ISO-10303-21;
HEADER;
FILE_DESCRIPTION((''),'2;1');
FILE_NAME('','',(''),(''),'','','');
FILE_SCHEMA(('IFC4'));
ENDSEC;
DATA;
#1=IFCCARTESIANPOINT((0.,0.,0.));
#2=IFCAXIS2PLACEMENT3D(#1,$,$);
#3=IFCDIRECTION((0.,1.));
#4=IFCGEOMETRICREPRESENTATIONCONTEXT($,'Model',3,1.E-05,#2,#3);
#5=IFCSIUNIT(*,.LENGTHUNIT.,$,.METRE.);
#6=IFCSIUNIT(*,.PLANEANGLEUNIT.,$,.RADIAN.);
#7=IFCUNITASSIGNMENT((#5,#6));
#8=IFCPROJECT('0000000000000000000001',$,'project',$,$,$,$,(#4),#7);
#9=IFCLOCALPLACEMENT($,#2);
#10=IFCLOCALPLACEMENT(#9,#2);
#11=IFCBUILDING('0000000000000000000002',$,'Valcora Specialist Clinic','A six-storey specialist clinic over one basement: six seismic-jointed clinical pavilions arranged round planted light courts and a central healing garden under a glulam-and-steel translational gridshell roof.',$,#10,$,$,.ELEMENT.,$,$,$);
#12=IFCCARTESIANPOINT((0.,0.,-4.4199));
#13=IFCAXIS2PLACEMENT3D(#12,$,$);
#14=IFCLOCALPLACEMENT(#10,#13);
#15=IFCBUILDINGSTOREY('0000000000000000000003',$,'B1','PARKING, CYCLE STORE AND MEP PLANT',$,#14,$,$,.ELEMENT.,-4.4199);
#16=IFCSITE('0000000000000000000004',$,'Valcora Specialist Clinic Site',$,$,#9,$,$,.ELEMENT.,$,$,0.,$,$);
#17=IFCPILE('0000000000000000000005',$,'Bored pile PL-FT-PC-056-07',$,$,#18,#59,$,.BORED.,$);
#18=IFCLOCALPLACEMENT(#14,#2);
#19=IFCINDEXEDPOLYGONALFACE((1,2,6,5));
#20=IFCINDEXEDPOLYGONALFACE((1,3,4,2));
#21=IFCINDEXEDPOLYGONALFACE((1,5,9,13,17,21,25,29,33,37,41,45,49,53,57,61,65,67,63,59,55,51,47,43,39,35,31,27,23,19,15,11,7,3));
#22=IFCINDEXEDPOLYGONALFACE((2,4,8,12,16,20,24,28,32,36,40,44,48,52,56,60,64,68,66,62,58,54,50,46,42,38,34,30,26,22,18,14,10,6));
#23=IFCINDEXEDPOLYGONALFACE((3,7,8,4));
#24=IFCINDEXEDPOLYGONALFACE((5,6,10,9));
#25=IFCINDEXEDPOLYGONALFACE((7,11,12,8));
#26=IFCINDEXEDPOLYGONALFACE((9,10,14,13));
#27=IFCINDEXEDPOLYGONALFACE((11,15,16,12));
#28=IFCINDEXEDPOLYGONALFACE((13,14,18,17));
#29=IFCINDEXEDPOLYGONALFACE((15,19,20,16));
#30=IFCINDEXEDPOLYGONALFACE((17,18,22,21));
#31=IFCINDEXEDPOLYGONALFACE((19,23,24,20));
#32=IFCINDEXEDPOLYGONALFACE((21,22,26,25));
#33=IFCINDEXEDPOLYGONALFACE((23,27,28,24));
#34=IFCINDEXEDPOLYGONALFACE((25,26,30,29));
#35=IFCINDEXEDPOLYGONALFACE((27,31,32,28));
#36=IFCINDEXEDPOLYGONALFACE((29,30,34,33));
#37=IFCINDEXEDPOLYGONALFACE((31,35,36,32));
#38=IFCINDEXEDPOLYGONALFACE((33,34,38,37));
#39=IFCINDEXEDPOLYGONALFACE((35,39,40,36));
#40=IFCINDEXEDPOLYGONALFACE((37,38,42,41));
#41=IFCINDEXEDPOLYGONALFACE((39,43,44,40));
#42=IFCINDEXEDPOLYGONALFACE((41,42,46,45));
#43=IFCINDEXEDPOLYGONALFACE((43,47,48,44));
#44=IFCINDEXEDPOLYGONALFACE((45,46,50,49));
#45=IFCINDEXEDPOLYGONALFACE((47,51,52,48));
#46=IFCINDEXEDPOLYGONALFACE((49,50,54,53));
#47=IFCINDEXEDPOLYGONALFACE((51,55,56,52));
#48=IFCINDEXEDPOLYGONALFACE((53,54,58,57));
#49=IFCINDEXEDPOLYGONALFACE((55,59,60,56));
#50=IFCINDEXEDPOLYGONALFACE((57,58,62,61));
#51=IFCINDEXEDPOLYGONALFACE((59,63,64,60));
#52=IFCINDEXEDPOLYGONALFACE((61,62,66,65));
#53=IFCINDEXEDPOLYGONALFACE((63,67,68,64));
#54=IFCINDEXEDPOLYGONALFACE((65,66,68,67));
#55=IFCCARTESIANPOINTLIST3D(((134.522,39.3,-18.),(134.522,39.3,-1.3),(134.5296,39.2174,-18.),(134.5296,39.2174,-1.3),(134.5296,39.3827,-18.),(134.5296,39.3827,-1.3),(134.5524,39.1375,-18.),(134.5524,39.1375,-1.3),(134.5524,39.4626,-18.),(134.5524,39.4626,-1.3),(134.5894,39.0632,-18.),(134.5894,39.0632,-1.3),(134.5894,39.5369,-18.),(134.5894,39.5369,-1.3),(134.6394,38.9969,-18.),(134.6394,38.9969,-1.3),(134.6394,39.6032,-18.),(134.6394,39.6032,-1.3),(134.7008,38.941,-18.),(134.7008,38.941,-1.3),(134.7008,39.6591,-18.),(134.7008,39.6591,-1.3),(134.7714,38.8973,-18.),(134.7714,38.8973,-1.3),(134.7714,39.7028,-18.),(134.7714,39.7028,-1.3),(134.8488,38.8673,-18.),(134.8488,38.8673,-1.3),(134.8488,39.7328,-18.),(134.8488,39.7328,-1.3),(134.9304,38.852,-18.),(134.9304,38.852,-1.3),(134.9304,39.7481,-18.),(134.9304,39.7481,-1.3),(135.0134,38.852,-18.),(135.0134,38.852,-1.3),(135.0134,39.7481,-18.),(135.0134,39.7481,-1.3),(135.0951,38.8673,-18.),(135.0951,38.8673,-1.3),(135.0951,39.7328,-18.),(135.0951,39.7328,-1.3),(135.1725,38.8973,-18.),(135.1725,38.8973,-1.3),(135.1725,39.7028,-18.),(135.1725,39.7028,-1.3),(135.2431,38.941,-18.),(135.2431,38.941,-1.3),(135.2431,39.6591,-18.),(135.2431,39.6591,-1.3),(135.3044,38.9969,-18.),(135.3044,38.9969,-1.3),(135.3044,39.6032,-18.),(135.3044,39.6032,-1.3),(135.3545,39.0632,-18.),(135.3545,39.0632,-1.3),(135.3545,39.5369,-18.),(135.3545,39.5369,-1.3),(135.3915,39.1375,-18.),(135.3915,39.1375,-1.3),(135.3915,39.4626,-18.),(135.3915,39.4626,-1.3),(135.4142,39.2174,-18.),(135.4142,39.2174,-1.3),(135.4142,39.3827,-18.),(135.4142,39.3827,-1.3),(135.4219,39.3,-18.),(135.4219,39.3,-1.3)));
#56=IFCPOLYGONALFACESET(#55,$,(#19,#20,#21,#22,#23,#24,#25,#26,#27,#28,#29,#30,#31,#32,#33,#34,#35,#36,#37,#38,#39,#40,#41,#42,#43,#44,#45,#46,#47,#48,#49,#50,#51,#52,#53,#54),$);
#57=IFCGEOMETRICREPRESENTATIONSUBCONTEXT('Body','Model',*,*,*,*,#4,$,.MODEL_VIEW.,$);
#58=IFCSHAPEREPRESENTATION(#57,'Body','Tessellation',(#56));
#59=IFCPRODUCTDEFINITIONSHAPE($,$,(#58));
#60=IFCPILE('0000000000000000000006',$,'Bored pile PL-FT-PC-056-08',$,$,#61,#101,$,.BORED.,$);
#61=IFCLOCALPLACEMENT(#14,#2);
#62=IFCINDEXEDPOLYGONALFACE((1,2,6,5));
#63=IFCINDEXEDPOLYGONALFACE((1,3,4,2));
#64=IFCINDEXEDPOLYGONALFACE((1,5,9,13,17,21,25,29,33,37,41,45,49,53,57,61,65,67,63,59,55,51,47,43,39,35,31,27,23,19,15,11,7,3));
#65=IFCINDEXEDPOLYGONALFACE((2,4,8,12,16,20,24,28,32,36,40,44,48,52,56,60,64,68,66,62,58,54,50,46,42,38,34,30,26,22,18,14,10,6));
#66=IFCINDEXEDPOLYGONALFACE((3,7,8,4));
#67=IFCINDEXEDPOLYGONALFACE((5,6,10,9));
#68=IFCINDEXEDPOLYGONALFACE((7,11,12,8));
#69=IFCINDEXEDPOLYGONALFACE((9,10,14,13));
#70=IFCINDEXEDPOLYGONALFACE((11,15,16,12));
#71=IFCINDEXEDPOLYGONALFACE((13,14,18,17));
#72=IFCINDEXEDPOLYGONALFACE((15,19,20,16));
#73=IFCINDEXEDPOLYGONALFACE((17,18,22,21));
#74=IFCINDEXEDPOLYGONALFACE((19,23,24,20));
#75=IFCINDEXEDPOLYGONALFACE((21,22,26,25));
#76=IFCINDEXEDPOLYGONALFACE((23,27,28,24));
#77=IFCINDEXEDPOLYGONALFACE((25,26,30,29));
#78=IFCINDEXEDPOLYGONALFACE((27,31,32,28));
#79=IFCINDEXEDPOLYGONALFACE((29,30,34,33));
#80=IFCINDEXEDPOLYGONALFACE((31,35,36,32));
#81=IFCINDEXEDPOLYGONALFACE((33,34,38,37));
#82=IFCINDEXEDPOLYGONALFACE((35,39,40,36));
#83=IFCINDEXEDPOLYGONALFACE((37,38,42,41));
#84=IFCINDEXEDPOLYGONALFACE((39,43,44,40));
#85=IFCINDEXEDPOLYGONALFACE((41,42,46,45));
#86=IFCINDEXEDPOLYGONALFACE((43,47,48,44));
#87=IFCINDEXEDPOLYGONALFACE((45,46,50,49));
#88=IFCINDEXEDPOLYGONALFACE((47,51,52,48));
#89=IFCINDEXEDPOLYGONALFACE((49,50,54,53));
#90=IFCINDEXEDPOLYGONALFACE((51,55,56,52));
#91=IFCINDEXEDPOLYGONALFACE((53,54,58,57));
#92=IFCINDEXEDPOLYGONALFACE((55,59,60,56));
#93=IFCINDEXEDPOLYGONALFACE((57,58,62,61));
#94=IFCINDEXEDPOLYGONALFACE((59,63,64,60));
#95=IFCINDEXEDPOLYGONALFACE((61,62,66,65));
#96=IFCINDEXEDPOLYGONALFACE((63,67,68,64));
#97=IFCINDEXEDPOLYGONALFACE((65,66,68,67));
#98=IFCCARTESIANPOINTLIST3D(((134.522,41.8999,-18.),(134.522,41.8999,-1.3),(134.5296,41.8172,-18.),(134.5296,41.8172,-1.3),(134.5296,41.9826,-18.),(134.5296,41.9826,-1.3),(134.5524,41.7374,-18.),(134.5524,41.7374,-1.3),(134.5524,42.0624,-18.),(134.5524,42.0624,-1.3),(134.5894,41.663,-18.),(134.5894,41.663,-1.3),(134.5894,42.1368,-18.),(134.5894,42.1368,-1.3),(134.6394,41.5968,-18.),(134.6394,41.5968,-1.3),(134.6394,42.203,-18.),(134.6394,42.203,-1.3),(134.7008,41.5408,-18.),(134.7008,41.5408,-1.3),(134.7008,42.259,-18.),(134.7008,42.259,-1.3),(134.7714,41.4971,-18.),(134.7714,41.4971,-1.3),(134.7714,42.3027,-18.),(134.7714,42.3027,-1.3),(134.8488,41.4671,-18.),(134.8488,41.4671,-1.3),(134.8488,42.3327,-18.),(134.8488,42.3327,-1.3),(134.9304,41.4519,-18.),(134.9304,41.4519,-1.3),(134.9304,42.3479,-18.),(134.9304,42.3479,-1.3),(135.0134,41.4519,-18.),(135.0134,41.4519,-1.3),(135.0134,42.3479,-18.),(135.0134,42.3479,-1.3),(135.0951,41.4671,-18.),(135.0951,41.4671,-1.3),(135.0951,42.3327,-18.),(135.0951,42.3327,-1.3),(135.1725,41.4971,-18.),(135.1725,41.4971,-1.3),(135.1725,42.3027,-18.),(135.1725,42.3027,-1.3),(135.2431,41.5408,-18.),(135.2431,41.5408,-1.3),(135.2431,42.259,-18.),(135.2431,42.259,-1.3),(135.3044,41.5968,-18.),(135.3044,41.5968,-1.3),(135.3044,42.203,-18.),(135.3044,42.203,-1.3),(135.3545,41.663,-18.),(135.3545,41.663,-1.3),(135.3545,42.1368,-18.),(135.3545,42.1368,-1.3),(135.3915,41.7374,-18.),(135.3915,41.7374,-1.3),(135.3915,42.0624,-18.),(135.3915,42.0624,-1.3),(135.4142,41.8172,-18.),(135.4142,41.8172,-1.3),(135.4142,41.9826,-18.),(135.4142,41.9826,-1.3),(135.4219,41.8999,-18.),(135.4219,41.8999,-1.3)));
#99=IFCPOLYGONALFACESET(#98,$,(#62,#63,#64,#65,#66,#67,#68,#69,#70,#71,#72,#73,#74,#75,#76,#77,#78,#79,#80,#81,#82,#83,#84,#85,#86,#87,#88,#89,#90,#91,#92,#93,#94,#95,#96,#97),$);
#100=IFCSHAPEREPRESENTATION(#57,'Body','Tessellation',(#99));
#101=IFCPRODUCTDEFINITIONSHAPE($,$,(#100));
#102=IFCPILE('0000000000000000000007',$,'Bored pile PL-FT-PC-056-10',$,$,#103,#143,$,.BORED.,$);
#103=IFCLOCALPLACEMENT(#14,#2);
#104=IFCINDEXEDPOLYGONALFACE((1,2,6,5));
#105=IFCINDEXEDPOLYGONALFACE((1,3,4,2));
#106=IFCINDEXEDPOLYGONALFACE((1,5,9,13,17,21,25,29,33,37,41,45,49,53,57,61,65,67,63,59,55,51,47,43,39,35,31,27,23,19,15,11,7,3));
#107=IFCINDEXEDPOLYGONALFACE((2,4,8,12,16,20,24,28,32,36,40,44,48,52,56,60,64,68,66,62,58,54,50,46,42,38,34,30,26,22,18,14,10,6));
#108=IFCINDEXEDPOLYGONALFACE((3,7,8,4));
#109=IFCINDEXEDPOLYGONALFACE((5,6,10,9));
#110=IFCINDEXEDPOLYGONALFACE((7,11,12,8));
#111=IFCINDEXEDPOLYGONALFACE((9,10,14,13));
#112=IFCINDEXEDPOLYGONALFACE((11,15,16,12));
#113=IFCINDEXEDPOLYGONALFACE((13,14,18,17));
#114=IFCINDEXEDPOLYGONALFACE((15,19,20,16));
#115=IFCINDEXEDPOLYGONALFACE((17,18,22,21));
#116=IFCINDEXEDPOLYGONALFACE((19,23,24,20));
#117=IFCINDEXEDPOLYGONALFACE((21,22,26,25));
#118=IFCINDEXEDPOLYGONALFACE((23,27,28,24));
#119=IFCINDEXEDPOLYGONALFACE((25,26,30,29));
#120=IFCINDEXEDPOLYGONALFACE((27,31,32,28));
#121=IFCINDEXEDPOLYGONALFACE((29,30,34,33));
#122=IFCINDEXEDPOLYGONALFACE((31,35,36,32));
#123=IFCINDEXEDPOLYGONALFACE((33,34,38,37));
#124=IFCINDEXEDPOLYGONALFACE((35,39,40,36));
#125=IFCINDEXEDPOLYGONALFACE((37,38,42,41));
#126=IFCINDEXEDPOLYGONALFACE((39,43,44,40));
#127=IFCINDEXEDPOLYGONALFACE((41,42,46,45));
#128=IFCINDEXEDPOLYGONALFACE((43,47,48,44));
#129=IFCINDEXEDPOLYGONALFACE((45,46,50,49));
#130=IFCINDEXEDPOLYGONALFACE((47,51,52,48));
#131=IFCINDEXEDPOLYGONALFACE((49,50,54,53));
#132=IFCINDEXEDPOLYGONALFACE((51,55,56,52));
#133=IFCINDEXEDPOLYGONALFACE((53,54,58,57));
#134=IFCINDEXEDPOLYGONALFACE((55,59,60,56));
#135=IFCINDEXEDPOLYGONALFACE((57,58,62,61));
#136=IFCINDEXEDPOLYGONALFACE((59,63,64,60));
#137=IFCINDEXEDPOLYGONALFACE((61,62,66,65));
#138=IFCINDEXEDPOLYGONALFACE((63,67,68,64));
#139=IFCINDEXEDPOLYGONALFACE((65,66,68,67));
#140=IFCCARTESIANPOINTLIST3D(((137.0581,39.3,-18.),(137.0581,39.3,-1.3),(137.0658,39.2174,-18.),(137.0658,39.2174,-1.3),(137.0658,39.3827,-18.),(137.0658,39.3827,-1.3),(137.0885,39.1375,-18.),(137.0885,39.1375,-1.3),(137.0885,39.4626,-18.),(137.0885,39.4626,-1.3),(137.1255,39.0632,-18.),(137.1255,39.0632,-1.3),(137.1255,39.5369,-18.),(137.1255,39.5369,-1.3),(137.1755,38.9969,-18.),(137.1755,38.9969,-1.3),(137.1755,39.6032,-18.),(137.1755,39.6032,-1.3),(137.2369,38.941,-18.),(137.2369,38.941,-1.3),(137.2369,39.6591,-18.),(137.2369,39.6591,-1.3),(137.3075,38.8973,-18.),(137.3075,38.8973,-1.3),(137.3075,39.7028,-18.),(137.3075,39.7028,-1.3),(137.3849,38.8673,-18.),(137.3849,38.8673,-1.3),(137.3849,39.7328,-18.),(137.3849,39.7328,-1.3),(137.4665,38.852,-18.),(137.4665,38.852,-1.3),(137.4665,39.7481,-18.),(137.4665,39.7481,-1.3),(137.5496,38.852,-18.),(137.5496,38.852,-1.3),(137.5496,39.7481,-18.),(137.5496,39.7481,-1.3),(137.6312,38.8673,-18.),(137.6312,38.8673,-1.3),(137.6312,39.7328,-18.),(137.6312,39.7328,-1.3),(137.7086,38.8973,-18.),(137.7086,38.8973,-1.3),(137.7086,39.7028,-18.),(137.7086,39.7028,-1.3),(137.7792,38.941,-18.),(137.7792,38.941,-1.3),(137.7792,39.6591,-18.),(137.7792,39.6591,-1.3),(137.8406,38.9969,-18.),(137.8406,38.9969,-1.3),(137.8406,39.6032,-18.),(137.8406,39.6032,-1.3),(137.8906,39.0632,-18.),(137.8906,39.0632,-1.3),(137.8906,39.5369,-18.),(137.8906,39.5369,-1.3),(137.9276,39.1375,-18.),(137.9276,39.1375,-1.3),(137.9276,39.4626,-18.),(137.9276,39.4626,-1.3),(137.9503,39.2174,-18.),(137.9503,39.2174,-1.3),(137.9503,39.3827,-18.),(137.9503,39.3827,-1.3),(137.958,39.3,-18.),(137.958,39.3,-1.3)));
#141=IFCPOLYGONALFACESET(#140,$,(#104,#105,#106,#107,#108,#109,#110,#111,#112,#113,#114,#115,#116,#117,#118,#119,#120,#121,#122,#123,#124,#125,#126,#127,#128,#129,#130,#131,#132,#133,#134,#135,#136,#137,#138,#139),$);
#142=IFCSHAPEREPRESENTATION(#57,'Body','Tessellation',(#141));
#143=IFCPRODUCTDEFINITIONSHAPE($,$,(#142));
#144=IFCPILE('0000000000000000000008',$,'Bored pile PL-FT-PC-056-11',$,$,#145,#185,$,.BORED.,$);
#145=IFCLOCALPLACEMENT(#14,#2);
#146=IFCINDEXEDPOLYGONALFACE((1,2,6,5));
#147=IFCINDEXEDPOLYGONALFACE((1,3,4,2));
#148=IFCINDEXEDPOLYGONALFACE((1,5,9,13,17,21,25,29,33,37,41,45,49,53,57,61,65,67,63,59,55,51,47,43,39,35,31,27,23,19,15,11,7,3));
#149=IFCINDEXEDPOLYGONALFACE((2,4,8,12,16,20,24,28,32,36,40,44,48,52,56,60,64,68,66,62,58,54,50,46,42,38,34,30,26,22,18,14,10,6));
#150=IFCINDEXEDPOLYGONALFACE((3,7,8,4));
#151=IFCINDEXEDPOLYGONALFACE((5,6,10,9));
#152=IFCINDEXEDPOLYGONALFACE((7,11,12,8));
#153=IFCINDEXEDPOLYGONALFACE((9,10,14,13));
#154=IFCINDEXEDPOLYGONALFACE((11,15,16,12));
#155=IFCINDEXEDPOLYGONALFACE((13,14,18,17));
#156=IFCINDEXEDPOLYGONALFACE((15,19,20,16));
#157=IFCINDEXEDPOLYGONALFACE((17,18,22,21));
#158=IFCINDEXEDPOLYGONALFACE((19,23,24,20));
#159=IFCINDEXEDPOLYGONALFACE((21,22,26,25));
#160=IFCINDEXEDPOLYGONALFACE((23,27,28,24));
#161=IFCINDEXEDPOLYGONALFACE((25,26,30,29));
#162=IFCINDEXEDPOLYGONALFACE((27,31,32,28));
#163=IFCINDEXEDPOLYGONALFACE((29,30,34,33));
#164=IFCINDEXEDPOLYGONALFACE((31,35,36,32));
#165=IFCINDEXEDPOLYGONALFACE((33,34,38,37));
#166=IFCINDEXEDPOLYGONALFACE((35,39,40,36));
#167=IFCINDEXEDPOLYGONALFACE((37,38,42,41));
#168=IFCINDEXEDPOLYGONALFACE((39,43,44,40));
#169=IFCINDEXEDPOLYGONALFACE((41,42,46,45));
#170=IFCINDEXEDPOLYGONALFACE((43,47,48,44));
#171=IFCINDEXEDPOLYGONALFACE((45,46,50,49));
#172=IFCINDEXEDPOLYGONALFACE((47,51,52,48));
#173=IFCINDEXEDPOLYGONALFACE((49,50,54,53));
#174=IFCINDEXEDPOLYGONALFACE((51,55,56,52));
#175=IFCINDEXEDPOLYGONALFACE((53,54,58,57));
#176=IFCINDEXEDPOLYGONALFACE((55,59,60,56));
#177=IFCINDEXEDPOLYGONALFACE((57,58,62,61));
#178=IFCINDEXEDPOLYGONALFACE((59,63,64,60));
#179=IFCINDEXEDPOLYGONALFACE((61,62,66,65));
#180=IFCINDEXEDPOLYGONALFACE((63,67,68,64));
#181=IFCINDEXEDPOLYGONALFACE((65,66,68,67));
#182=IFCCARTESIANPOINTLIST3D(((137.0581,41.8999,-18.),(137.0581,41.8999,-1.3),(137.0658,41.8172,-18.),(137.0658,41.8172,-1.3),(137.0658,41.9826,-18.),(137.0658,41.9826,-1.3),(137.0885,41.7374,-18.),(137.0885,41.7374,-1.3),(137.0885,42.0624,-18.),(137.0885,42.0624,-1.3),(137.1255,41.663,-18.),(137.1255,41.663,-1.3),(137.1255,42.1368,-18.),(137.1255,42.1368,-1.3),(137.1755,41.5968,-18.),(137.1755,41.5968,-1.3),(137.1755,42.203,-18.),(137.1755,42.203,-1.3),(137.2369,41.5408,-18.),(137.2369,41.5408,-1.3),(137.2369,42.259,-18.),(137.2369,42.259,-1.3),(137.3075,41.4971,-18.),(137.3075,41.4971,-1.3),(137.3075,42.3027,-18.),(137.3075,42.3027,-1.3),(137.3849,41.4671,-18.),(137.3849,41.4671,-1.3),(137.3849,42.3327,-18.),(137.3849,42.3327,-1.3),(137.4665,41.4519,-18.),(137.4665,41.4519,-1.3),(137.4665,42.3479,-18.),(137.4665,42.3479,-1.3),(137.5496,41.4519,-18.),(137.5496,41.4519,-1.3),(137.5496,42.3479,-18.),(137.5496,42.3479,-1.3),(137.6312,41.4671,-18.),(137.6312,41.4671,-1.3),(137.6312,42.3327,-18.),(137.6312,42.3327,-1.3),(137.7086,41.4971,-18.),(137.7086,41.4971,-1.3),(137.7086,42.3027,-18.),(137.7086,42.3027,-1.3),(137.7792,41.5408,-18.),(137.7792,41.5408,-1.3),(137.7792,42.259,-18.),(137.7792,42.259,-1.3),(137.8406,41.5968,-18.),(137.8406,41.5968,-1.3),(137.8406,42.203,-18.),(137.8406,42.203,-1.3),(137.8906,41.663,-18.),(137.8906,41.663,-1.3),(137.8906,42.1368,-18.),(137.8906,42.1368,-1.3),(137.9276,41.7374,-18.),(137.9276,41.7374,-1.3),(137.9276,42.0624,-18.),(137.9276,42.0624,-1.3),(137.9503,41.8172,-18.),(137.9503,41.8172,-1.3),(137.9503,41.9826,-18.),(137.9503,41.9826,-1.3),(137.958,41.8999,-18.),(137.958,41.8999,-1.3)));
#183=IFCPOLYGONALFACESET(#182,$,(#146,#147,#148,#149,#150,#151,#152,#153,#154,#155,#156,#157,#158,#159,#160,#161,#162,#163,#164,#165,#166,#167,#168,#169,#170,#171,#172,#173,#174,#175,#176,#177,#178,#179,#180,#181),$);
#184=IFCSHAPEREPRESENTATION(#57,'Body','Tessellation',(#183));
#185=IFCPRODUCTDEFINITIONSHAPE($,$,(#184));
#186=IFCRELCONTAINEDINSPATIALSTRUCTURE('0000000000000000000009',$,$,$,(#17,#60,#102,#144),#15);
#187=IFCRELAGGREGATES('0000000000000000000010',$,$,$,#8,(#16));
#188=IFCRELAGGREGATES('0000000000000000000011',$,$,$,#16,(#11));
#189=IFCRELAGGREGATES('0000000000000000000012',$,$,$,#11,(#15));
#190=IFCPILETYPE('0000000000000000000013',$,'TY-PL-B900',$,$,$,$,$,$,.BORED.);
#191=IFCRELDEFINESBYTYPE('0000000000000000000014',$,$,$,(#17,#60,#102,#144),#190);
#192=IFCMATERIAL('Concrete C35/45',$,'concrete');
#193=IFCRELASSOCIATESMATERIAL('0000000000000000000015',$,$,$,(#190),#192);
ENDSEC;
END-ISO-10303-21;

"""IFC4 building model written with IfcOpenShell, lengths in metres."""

from ifc_helpers import new_model, si_unit, direction, frame, origin, origin_2d, place, context, subcontext, project, spatial, circle, extrude, material, material_profile, profile_set, type_object, element, save


model = new_model("IFC4")

# Units and contexts
model_context = context("Model", 3, precision=1e-05, world=origin(), true_north=direction((0.0, 1.0)))
body_context = subcontext(model_context, "Body", "Model", "MODEL_VIEW")
ifc_project = project(units=[si_unit("LENGTHUNIT", "METRE"), si_unit("PLANEANGLEUNIT", "RADIAN")], contexts=[model_context])

# Site, building, storey
site_placement = place(None, origin())
site = spatial("IfcSite", under=ifc_project, at=site_placement, Name="Valcora Specialist Clinic Site", CompositionType="ELEMENT", RefElevation=0.0)
building_placement = place(site_placement, origin())
building = spatial("IfcBuilding", under=site, at=building_placement, Name="Valcora Specialist Clinic", Description="A six-storey specialist clinic over one basement: six seismic-jointed clinical pavilions arranged round planted light courts and a central healing garden under a glulam-and-steel translational gridshell roof.", CompositionType="ELEMENT")
storey_placement = place(building_placement, frame((0.0, 0.0, -4.4199)))
storey = spatial("IfcBuildingStorey", under=building, at=storey_placement, Name="B1", Description="PARKING, CYCLE STORE AND MEP PLANT", CompositionType="ELEMENT", Elevation=-4.4199)

# Piles
ifc_material_1 = material(Name="Concrete C35/45", Category="concrete")
ifc_material_profile_1 = material_profile(ifc_material_1, circle(Radius=0.45, at=origin_2d()), Name="RC-PIL-D900")
ifc_profile_set_1 = profile_set([ifc_material_profile_1], Name="Concrete C35/45")
pile_type = type_object("IfcPileType", Name="TY-PL-B900", PredefinedType="BORED", material=ifc_profile_set_1)
for number, where, z_axis, x_axis, name in (
    (1, (134.9719, 39.3, -1.3), (0.0, 0.0, -1.0), (1.0, 0.0, 0.0), "Bored pile PL-FT-PC-056-07"),
    (2, (134.9719, 41.8999, -1.3), (0.0, 0.0, -1.0), (1.0, 0.0, 0.0), "Bored pile PL-FT-PC-056-08"),
    (3, (137.5081, 39.3, -1.3), (0.0, 0.0, -1.0), (1.0, 0.0, 0.0), "Bored pile PL-FT-PC-056-10"),
    (4, (137.5081, 41.8999, -1.3), (0.0, 0.0, -1.0), (1.0, 0.0, 0.0), "Bored pile PL-FT-PC-056-11"),
):
    element("IfcPile", number, at=place(storey_placement, frame(where, z_axis=z_axis, x_axis=x_axis)), inside=storey, type_object=pile_type, Name=name, PredefinedType="BORED", context=body_context, shape_type="SweptSolid", body=[
        extrude(circle(Radius=0.45, at=origin_2d()), origin(), (0.0, 0.0, 1.0), 16.7),
    ])

save(model, "model.ifc")
